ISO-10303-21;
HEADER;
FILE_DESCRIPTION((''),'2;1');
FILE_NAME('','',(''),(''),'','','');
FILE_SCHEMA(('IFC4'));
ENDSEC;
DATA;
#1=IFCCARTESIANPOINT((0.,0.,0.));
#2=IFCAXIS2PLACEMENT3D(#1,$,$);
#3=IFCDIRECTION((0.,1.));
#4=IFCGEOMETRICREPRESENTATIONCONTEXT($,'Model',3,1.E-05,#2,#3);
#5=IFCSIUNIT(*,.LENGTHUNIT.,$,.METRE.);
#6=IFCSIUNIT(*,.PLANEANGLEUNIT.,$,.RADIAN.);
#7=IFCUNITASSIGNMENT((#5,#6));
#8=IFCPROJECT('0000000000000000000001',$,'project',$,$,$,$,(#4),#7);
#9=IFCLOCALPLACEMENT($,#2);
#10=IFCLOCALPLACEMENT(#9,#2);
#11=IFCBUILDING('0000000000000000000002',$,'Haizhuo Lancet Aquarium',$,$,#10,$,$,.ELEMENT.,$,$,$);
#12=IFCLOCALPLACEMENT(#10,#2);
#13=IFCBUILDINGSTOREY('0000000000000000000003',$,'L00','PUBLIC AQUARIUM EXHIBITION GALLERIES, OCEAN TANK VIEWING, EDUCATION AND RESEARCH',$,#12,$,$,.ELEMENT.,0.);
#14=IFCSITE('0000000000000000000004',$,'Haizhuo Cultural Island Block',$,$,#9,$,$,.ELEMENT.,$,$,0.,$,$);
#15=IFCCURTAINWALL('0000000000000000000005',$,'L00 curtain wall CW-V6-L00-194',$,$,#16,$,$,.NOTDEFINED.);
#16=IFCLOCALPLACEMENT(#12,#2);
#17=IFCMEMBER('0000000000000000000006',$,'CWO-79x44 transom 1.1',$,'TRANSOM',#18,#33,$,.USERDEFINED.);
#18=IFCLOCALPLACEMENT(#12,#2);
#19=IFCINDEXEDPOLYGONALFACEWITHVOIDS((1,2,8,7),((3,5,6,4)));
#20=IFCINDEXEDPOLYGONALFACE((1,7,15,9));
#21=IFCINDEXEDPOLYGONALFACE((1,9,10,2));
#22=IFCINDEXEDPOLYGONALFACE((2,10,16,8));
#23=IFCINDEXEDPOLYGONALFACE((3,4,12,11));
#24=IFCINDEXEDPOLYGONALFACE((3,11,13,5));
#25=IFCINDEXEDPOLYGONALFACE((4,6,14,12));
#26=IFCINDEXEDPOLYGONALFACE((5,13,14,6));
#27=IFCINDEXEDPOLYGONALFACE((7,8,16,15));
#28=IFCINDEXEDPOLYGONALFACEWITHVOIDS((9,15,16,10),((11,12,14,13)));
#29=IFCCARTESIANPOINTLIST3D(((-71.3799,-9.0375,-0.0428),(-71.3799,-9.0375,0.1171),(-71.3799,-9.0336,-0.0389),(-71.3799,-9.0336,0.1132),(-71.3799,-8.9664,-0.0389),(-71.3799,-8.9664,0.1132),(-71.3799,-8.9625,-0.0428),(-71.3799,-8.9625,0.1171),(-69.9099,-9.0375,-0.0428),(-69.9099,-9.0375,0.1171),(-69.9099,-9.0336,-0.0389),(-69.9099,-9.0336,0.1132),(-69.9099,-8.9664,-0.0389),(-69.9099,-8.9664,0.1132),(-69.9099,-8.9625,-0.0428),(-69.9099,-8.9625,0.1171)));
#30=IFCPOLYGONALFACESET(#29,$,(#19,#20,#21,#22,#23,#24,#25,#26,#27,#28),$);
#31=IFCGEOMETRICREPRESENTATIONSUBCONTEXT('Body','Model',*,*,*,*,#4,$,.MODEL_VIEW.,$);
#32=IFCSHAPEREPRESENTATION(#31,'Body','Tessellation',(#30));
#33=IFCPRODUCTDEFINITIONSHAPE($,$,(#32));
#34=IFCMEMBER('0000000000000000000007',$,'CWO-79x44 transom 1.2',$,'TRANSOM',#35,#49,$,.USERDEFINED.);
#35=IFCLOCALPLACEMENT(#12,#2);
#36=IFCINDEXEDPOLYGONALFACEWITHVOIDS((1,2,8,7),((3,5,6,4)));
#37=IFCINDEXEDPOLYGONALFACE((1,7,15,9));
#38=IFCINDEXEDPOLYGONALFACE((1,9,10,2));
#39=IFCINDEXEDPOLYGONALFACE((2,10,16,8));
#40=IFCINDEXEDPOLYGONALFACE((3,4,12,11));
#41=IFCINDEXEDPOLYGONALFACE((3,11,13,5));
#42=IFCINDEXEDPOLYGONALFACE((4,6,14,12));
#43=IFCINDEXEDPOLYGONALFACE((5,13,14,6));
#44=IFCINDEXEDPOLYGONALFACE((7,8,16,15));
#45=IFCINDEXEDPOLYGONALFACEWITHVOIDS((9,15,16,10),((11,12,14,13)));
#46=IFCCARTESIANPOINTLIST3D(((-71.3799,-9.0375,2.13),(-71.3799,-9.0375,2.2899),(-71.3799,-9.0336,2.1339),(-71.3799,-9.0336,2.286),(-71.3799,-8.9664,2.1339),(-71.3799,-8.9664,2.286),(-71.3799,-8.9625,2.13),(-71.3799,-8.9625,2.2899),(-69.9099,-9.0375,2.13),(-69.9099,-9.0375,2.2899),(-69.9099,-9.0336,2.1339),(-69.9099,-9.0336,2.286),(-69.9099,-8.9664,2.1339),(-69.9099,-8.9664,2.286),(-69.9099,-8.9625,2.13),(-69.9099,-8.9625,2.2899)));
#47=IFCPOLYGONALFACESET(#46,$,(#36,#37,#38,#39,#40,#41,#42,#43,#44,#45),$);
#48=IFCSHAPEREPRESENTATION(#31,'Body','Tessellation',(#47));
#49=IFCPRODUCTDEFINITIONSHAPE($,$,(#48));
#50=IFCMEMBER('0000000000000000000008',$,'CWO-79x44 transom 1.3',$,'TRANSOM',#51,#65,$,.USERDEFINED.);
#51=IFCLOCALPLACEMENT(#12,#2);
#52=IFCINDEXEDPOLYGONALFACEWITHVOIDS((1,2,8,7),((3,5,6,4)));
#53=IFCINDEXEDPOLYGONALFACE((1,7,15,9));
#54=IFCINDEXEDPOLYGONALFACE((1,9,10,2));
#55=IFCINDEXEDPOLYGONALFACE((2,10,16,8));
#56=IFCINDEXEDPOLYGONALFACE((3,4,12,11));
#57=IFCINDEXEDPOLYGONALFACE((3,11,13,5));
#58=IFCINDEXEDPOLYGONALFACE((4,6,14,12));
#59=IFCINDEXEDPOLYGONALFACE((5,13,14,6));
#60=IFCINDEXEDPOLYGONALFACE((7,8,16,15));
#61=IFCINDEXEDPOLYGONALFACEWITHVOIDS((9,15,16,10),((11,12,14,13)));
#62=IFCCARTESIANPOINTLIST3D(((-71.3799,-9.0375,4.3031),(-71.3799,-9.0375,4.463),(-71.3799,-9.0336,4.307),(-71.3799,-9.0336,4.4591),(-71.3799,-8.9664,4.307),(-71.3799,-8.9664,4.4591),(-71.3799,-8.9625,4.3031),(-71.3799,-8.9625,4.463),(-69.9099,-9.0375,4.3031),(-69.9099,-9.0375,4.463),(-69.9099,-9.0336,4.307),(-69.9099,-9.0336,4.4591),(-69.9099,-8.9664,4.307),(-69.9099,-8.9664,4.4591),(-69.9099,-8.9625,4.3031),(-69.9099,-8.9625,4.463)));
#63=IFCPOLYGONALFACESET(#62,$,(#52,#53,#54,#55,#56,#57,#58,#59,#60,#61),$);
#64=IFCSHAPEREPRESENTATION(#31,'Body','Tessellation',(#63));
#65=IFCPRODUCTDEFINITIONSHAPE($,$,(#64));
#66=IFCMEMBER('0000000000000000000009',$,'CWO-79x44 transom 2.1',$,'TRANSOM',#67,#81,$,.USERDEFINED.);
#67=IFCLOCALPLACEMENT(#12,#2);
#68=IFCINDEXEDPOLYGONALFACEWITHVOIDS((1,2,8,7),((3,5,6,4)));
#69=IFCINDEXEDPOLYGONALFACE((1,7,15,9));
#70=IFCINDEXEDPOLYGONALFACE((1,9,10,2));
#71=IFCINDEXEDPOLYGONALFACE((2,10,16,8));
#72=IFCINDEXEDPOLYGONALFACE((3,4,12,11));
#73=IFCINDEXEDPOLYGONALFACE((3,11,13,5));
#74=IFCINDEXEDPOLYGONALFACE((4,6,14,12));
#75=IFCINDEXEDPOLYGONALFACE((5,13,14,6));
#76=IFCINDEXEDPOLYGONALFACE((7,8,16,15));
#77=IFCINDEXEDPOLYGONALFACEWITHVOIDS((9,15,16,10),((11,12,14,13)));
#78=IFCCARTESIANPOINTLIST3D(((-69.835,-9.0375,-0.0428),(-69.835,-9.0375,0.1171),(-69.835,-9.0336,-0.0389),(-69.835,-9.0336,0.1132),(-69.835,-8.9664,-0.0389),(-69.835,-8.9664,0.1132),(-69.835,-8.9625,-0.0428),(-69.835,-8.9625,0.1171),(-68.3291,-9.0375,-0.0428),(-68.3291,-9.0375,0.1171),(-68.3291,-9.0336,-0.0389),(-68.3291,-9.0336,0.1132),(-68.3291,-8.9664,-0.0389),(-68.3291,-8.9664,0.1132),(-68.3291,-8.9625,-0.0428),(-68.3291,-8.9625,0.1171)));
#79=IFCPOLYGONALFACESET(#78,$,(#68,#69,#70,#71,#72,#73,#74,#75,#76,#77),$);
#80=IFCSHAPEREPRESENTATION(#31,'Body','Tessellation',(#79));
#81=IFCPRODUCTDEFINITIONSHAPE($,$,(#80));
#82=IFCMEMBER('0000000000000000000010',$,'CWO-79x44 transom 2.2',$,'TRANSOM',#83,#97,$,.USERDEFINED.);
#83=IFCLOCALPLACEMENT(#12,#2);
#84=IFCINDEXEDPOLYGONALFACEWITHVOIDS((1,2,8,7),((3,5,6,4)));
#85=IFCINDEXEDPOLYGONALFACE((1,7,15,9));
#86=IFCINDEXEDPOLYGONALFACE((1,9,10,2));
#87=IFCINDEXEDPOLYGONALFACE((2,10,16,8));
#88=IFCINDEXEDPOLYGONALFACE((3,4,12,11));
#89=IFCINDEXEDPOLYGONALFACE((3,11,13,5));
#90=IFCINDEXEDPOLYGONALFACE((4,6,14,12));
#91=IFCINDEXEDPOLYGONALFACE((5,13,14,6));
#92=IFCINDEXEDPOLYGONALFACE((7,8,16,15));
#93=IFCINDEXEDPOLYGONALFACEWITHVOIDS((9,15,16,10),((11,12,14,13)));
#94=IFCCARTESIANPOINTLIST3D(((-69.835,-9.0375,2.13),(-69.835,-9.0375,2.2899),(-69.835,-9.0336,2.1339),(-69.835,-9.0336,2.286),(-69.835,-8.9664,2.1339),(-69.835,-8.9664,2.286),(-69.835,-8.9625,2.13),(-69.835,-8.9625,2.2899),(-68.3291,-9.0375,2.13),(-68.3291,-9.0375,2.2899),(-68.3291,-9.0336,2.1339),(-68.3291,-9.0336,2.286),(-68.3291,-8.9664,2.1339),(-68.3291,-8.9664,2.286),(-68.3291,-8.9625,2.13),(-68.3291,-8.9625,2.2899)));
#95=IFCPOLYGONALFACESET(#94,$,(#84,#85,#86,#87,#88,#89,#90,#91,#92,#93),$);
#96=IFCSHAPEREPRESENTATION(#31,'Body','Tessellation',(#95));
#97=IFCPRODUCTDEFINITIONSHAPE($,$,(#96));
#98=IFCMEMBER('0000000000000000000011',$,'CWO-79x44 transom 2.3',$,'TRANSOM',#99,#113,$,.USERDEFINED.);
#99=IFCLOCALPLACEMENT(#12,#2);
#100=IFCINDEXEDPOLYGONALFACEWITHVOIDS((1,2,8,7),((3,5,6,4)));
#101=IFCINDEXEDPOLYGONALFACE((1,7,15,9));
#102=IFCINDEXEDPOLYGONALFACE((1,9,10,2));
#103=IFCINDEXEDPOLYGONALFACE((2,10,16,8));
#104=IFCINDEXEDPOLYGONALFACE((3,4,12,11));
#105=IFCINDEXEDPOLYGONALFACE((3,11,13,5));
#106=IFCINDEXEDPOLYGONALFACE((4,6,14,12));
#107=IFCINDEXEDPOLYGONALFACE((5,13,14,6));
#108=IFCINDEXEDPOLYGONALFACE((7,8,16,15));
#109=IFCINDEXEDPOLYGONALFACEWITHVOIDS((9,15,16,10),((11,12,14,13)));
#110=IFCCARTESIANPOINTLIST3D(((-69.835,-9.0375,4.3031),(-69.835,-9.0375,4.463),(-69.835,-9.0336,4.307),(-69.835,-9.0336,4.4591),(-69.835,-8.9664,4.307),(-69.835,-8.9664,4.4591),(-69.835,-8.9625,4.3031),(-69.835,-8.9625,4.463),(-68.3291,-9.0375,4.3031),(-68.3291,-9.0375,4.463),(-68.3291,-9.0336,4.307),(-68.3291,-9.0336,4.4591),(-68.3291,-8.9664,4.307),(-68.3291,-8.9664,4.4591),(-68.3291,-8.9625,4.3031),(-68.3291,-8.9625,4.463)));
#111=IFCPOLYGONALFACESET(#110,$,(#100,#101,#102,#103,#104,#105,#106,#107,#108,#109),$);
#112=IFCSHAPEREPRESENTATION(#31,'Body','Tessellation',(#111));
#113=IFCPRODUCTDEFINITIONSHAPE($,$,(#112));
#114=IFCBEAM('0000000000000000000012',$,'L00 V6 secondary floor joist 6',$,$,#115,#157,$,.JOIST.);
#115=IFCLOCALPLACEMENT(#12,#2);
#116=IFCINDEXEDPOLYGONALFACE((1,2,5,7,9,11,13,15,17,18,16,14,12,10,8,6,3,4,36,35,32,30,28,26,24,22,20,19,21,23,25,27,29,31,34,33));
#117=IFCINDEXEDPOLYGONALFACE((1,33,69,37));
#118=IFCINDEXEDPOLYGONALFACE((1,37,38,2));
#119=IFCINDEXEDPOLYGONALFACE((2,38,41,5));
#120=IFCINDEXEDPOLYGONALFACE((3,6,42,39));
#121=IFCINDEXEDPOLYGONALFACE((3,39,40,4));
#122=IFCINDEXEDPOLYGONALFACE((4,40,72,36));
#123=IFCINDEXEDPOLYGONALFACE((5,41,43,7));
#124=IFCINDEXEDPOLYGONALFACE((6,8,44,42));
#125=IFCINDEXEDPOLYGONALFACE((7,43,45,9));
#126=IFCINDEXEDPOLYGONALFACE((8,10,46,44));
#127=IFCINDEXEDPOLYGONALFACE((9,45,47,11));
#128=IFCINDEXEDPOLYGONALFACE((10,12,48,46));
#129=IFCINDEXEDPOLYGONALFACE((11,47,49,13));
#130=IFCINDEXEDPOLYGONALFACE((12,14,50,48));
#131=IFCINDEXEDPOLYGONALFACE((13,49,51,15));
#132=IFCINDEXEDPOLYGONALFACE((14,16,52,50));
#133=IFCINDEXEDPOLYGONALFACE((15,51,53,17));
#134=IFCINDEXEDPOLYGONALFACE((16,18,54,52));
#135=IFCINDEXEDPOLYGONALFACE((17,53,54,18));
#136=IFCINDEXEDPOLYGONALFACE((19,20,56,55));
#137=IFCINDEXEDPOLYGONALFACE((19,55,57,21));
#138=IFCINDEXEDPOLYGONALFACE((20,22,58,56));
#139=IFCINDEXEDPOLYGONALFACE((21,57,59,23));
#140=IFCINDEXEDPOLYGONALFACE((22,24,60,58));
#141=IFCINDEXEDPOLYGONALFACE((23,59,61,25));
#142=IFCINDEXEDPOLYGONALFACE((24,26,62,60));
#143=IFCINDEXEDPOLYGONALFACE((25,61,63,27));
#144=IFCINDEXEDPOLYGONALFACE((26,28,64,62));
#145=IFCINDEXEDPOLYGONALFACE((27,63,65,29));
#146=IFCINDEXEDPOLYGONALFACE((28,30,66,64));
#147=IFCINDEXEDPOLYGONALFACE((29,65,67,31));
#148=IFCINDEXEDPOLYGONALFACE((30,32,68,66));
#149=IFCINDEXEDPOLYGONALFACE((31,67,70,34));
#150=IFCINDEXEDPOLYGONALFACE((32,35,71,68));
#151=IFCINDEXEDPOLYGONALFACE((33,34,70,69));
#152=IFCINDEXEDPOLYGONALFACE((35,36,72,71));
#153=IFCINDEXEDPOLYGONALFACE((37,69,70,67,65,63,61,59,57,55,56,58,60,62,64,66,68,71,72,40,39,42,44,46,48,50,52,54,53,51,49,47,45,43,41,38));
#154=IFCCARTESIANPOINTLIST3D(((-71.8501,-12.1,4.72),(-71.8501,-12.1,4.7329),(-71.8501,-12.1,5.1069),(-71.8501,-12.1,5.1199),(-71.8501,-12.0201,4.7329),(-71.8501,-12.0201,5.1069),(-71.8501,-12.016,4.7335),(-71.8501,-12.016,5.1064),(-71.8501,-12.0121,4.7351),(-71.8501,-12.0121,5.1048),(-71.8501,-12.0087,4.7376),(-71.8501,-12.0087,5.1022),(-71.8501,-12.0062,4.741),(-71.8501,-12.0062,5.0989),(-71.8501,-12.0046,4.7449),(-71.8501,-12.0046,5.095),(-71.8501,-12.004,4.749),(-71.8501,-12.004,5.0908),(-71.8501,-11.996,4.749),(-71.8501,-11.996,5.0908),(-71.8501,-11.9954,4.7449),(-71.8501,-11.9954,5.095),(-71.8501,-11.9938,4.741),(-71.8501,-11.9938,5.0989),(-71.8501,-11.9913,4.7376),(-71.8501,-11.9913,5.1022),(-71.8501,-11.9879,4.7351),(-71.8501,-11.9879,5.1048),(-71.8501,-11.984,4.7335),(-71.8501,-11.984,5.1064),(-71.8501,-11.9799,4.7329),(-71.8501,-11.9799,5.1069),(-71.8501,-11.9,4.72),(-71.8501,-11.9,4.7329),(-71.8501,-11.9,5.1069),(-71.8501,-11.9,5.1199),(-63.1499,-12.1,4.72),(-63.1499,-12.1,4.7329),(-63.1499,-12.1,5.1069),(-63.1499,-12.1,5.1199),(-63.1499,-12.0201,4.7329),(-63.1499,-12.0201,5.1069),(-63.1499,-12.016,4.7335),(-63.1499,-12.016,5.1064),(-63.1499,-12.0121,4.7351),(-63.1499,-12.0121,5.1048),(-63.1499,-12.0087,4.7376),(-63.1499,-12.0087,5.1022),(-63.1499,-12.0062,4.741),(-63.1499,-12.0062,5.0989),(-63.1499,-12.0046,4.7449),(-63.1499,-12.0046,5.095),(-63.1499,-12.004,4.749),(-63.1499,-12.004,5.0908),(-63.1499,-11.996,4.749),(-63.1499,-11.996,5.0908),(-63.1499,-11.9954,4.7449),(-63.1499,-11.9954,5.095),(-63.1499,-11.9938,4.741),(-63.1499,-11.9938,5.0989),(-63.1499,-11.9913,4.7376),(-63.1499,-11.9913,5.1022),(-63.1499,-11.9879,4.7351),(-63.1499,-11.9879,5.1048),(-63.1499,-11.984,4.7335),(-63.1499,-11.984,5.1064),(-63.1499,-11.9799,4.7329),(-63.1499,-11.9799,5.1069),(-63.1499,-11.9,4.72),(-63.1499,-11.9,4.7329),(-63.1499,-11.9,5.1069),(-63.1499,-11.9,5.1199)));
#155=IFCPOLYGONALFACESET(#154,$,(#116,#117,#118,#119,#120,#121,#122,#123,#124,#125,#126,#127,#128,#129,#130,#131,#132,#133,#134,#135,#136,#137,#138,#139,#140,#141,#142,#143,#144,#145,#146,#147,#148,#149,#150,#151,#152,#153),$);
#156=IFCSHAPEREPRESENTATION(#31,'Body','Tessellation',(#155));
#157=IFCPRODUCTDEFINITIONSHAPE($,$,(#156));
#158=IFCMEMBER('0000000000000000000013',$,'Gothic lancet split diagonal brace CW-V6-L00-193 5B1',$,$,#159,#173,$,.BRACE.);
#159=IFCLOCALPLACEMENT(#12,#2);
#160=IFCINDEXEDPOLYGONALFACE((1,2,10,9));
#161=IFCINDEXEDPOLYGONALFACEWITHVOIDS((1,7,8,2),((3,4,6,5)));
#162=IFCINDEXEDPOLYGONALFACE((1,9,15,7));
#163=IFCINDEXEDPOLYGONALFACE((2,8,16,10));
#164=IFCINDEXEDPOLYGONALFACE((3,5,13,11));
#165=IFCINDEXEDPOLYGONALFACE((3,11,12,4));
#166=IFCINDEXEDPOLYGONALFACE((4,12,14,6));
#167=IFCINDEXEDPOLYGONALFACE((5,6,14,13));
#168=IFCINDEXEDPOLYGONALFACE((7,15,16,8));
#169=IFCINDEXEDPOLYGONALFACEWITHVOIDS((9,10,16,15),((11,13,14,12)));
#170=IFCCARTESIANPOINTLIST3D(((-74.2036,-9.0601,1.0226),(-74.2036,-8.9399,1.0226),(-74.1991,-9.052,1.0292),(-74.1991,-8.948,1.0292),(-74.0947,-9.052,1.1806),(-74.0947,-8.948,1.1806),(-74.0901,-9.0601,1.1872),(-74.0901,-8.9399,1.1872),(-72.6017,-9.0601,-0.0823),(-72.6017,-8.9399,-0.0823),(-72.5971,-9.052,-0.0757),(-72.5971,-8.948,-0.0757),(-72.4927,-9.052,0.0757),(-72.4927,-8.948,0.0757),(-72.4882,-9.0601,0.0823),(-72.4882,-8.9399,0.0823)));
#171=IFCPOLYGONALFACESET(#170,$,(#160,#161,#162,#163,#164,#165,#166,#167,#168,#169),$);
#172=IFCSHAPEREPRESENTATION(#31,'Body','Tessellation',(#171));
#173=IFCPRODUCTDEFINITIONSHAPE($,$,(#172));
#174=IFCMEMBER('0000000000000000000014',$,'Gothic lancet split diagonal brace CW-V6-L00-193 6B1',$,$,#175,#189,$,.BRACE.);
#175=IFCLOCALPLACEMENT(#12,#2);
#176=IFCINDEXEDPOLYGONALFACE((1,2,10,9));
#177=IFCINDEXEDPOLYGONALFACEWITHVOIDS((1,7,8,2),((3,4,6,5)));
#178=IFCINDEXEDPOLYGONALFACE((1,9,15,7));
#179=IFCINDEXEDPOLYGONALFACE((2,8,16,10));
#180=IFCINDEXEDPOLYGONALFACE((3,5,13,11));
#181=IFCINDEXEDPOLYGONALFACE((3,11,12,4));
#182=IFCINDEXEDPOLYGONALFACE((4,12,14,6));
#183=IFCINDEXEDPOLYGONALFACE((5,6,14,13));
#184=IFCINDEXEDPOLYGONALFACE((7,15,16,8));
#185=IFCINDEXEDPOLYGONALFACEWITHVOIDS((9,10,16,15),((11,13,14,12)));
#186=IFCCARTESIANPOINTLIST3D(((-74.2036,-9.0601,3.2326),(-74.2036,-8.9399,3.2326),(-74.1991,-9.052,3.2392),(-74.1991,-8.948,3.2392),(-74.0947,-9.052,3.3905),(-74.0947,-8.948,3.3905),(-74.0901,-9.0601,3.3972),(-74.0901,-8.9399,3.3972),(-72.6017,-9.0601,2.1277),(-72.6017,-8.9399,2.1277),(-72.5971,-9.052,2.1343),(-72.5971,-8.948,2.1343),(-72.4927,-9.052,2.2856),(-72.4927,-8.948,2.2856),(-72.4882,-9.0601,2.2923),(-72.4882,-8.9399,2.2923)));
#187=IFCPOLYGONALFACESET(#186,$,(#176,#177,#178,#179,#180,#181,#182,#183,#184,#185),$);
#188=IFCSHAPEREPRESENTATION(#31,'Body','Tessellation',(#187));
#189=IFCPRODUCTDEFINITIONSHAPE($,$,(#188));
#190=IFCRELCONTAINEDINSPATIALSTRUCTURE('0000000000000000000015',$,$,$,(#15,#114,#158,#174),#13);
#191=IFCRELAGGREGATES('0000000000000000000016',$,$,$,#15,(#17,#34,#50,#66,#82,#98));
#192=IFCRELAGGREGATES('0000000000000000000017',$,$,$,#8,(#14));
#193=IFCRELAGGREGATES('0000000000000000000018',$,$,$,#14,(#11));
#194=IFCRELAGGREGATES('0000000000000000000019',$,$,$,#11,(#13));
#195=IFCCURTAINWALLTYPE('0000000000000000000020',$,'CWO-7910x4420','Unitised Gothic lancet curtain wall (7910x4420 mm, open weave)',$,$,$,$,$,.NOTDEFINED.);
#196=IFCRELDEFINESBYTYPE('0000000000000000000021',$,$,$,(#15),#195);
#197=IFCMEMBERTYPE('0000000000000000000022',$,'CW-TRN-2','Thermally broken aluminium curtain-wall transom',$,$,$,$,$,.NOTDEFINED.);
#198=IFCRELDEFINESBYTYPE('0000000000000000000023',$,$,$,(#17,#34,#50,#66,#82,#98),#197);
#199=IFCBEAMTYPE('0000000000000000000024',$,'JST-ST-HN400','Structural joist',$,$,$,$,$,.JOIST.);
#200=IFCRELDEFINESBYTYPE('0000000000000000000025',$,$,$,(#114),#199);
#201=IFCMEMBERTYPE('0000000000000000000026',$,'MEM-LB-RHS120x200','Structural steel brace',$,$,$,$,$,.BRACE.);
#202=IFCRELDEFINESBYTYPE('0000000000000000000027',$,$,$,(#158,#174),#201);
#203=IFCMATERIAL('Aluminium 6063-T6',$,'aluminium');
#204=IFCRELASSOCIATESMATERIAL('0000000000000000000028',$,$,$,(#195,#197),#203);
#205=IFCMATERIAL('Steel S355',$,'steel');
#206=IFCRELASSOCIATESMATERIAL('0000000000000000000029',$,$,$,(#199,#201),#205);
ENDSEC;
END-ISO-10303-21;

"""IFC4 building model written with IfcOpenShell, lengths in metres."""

from ifc_helpers import new_model, si_unit, direction, frame, origin, origin_2d, place, context, subcontext, project, spatial, hollow_rectangle, i_section, extrude, material, material_profile, profile_set, type_object, element, aggregate, save


model = new_model("IFC4")

# Units and contexts
model_context = context("Model", 3, precision=1e-05, world=origin(), true_north=direction((0.0, 1.0)))
body_context = subcontext(model_context, "Body", "Model", "MODEL_VIEW")
ifc_project = project(units=[si_unit("LENGTHUNIT", "METRE"), si_unit("PLANEANGLEUNIT", "RADIAN")], contexts=[model_context])

# Site, building, storey
site_placement = place(None, origin())
site = spatial("IfcSite", under=ifc_project, at=site_placement, Name="Haizhuo Cultural Island Block", CompositionType="ELEMENT", RefElevation=0.0)
building_placement = place(site_placement, origin())
building = spatial("IfcBuilding", under=site, at=building_placement, Name="Haizhuo Lancet Aquarium", CompositionType="ELEMENT")
storey_placement = place(building_placement, origin())
storey = spatial("IfcBuildingStorey", under=building, at=storey_placement, Name="L00", Description="PUBLIC AQUARIUM EXHIBITION GALLERIES, OCEAN TANK VIEWING, EDUCATION AND RESEARCH", CompositionType="ELEMENT", Elevation=0.0)

# Shared definitions
ifc_material_1 = material(Name="Steel S355", Category="steel")

# Shared definitions
ifc_material_2 = material(Name="Aluminium 6063-T6", Category="aluminium")

# Curtain wall
curtain_wall_type_1 = type_object("IfcCurtainWallType", Name="CWO-7910x4420", Description="Unitised Gothic lancet curtain wall (7910x4420 mm, open weave)", PredefinedType="NOTDEFINED", material=ifc_material_2)
curtain_wall_1_placement = place(storey_placement, origin())
curtain_wall_1 = element("IfcCurtainWall", 1, at=curtain_wall_1_placement, inside=storey, type_object=curtain_wall_type_1, Name="L00 curtain wall CW-V6-L00-194", PredefinedType="NOTDEFINED")

# Members
ifc_material_profile_1 = material_profile(ifc_material_2, hollow_rectangle(XDim=0.075, YDim=0.1599, WallThickness=0.0039, at=origin_2d()), Name="ALU-T 75x160x4")
ifc_profile_set_1 = profile_set([ifc_material_profile_1], Name="Aluminium 6063-T6")
member_type_1 = type_object("IfcMemberType", Name="CW-TRN-2", Description="Thermally broken aluminium curtain-wall transom", PredefinedType="NOTDEFINED", material=ifc_profile_set_1)
member_1_placement = place(storey_placement, frame((-71.3799, -9.0, 0.0371), z_axis=(1.0, 0.0, 0.0), x_axis=(0.0, 1.0, 0.0)))
member_1 = element("IfcMember", 2, at=member_1_placement, type_object=member_type_1, Name="CWO-79x44 transom 1.1", ObjectType="TRANSOM", PredefinedType="USERDEFINED", context=body_context, shape_type="SweptSolid", body=[
    extrude(hollow_rectangle(XDim=0.075, YDim=0.1599, WallThickness=0.0039, at=origin_2d()), origin(), (0.0, 0.0, 1.0), 1.47),
])
member_2_placement = place(storey_placement, frame((-71.3799, -9.0, 2.21), z_axis=(1.0, 0.0, 0.0), x_axis=(0.0, 1.0, 0.0)))
member_2 = element("IfcMember", 3, at=member_2_placement, type_object=member_type_1, Name="CWO-79x44 transom 1.2", ObjectType="TRANSOM", PredefinedType="USERDEFINED", context=body_context, shape_type="SweptSolid", body=[
    extrude(hollow_rectangle(XDim=0.075, YDim=0.1599, WallThickness=0.0039, at=origin_2d()), origin(), (0.0, 0.0, 1.0), 1.47),
])
member_3_placement = place(storey_placement, frame((-71.3799, -9.0, 4.3831), z_axis=(1.0, 0.0, 0.0), x_axis=(0.0, 1.0, 0.0)))
member_3 = element("IfcMember", 4, at=member_3_placement, type_object=member_type_1, Name="CWO-79x44 transom 1.3", ObjectType="TRANSOM", PredefinedType="USERDEFINED", context=body_context, shape_type="SweptSolid", body=[
    extrude(hollow_rectangle(XDim=0.075, YDim=0.1599, WallThickness=0.0039, at=origin_2d()), origin(), (0.0, 0.0, 1.0), 1.47),
])
member_4_placement = place(storey_placement, frame((-69.835, -9.0, 0.0371), z_axis=(1.0, 0.0, 0.0), x_axis=(0.0, 1.0, 0.0)))
member_4 = element("IfcMember", 5, at=member_4_placement, type_object=member_type_1, Name="CWO-79x44 transom 2.1", ObjectType="TRANSOM", PredefinedType="USERDEFINED", context=body_context, shape_type="SweptSolid", body=[
    extrude(hollow_rectangle(XDim=0.075, YDim=0.1599, WallThickness=0.0039, at=origin_2d()), origin(), (0.0, 0.0, 1.0), 1.5059),
])
member_5_placement = place(storey_placement, frame((-69.835, -9.0, 2.21), z_axis=(1.0, 0.0, 0.0), x_axis=(0.0, 1.0, 0.0)))
member_5 = element("IfcMember", 6, at=member_5_placement, type_object=member_type_1, Name="CWO-79x44 transom 2.2", ObjectType="TRANSOM", PredefinedType="USERDEFINED", context=body_context, shape_type="SweptSolid", body=[
    extrude(hollow_rectangle(XDim=0.075, YDim=0.1599, WallThickness=0.0039, at=origin_2d()), origin(), (0.0, 0.0, 1.0), 1.5059),
])
member_6_placement = place(storey_placement, frame((-69.835, -9.0, 4.3831), z_axis=(1.0, 0.0, 0.0), x_axis=(0.0, 1.0, 0.0)))
member_6 = element("IfcMember", 7, at=member_6_placement, type_object=member_type_1, Name="CWO-79x44 transom 2.3", ObjectType="TRANSOM", PredefinedType="USERDEFINED", context=body_context, shape_type="SweptSolid", body=[
    extrude(hollow_rectangle(XDim=0.075, YDim=0.1599, WallThickness=0.0039, at=origin_2d()), origin(), (0.0, 0.0, 1.0), 1.5059),
])

# Beam
ifc_material_profile_2 = material_profile(ifc_material_1, i_section(OverallWidth=0.2, OverallDepth=0.3999, WebThickness=0.0081, FlangeThickness=0.0129, FilletRadius=0.0161, at=origin_2d()), Name="HN 400x200x8x13")
ifc_profile_set_2 = profile_set([ifc_material_profile_2], Name="Steel S355")
beam_type_1 = type_object("IfcBeamType", Name="JST-ST-HN400", Description="Structural joist", PredefinedType="JOIST", material=ifc_profile_set_2)
beam_1_placement = place(storey_placement, frame((-71.8501, -12.0, 4.9199), z_axis=(1.0, 0.0, 0.0), x_axis=(0.0, 1.0, 0.0)))
element("IfcBeam", 8, at=beam_1_placement, inside=storey, type_object=beam_type_1, Name="L00 V6 secondary floor joist 6", PredefinedType="JOIST", context=body_context, shape_type="SweptSolid", body=[
    extrude(i_section(OverallWidth=0.2, OverallDepth=0.3999, WebThickness=0.0081, FlangeThickness=0.0129, FilletRadius=0.0161, at=origin_2d()), origin(), (0.0, 0.0, 1.0), 8.7002),
])

# Members
ifc_material_profile_3 = material_profile(ifc_material_1, hollow_rectangle(XDim=0.1201, YDim=0.2, WallThickness=0.0081, at=origin_2d()), Name="RHS 120x200x8")
ifc_profile_set_3 = profile_set([ifc_material_profile_3], Name="Steel S355")
member_type_2 = type_object("IfcMemberType", Name="MEM-LB-RHS120x200", Description="Structural steel brace", PredefinedType="BRACE", material=ifc_profile_set_3)
for number, where, z_axis, x_axis, name in (
    (9, (-72.5449, -9.0, 0.0), (-0.823184, 0.0, 0.567774), (0.0, -1.0, 0.0), "Gothic lancet split diagonal brace CW-V6-L00-193 5B1"),
    (10, (-72.5449, -9.0, 2.21), (-0.823184, 0.0, 0.567774), (0.0, -1.0, 0.0), "Gothic lancet split diagonal brace CW-V6-L00-193 6B1"),
):
    element("IfcMember", number, at=place(storey_placement, frame(where, z_axis=z_axis, x_axis=x_axis)), inside=storey, type_object=member_type_2, Name=name, PredefinedType="BRACE", context=body_context, shape_type="SweptSolid", body=[
        extrude(hollow_rectangle(XDim=0.1201, YDim=0.2, WallThickness=0.0081, at=origin_2d()), origin(), (0.0, 0.0, 1.0), 1.946),
    ])

aggregate(curtain_wall_1, [member_1, member_2, member_3, member_4, member_5, member_6])

save(model, "model.ifc")
